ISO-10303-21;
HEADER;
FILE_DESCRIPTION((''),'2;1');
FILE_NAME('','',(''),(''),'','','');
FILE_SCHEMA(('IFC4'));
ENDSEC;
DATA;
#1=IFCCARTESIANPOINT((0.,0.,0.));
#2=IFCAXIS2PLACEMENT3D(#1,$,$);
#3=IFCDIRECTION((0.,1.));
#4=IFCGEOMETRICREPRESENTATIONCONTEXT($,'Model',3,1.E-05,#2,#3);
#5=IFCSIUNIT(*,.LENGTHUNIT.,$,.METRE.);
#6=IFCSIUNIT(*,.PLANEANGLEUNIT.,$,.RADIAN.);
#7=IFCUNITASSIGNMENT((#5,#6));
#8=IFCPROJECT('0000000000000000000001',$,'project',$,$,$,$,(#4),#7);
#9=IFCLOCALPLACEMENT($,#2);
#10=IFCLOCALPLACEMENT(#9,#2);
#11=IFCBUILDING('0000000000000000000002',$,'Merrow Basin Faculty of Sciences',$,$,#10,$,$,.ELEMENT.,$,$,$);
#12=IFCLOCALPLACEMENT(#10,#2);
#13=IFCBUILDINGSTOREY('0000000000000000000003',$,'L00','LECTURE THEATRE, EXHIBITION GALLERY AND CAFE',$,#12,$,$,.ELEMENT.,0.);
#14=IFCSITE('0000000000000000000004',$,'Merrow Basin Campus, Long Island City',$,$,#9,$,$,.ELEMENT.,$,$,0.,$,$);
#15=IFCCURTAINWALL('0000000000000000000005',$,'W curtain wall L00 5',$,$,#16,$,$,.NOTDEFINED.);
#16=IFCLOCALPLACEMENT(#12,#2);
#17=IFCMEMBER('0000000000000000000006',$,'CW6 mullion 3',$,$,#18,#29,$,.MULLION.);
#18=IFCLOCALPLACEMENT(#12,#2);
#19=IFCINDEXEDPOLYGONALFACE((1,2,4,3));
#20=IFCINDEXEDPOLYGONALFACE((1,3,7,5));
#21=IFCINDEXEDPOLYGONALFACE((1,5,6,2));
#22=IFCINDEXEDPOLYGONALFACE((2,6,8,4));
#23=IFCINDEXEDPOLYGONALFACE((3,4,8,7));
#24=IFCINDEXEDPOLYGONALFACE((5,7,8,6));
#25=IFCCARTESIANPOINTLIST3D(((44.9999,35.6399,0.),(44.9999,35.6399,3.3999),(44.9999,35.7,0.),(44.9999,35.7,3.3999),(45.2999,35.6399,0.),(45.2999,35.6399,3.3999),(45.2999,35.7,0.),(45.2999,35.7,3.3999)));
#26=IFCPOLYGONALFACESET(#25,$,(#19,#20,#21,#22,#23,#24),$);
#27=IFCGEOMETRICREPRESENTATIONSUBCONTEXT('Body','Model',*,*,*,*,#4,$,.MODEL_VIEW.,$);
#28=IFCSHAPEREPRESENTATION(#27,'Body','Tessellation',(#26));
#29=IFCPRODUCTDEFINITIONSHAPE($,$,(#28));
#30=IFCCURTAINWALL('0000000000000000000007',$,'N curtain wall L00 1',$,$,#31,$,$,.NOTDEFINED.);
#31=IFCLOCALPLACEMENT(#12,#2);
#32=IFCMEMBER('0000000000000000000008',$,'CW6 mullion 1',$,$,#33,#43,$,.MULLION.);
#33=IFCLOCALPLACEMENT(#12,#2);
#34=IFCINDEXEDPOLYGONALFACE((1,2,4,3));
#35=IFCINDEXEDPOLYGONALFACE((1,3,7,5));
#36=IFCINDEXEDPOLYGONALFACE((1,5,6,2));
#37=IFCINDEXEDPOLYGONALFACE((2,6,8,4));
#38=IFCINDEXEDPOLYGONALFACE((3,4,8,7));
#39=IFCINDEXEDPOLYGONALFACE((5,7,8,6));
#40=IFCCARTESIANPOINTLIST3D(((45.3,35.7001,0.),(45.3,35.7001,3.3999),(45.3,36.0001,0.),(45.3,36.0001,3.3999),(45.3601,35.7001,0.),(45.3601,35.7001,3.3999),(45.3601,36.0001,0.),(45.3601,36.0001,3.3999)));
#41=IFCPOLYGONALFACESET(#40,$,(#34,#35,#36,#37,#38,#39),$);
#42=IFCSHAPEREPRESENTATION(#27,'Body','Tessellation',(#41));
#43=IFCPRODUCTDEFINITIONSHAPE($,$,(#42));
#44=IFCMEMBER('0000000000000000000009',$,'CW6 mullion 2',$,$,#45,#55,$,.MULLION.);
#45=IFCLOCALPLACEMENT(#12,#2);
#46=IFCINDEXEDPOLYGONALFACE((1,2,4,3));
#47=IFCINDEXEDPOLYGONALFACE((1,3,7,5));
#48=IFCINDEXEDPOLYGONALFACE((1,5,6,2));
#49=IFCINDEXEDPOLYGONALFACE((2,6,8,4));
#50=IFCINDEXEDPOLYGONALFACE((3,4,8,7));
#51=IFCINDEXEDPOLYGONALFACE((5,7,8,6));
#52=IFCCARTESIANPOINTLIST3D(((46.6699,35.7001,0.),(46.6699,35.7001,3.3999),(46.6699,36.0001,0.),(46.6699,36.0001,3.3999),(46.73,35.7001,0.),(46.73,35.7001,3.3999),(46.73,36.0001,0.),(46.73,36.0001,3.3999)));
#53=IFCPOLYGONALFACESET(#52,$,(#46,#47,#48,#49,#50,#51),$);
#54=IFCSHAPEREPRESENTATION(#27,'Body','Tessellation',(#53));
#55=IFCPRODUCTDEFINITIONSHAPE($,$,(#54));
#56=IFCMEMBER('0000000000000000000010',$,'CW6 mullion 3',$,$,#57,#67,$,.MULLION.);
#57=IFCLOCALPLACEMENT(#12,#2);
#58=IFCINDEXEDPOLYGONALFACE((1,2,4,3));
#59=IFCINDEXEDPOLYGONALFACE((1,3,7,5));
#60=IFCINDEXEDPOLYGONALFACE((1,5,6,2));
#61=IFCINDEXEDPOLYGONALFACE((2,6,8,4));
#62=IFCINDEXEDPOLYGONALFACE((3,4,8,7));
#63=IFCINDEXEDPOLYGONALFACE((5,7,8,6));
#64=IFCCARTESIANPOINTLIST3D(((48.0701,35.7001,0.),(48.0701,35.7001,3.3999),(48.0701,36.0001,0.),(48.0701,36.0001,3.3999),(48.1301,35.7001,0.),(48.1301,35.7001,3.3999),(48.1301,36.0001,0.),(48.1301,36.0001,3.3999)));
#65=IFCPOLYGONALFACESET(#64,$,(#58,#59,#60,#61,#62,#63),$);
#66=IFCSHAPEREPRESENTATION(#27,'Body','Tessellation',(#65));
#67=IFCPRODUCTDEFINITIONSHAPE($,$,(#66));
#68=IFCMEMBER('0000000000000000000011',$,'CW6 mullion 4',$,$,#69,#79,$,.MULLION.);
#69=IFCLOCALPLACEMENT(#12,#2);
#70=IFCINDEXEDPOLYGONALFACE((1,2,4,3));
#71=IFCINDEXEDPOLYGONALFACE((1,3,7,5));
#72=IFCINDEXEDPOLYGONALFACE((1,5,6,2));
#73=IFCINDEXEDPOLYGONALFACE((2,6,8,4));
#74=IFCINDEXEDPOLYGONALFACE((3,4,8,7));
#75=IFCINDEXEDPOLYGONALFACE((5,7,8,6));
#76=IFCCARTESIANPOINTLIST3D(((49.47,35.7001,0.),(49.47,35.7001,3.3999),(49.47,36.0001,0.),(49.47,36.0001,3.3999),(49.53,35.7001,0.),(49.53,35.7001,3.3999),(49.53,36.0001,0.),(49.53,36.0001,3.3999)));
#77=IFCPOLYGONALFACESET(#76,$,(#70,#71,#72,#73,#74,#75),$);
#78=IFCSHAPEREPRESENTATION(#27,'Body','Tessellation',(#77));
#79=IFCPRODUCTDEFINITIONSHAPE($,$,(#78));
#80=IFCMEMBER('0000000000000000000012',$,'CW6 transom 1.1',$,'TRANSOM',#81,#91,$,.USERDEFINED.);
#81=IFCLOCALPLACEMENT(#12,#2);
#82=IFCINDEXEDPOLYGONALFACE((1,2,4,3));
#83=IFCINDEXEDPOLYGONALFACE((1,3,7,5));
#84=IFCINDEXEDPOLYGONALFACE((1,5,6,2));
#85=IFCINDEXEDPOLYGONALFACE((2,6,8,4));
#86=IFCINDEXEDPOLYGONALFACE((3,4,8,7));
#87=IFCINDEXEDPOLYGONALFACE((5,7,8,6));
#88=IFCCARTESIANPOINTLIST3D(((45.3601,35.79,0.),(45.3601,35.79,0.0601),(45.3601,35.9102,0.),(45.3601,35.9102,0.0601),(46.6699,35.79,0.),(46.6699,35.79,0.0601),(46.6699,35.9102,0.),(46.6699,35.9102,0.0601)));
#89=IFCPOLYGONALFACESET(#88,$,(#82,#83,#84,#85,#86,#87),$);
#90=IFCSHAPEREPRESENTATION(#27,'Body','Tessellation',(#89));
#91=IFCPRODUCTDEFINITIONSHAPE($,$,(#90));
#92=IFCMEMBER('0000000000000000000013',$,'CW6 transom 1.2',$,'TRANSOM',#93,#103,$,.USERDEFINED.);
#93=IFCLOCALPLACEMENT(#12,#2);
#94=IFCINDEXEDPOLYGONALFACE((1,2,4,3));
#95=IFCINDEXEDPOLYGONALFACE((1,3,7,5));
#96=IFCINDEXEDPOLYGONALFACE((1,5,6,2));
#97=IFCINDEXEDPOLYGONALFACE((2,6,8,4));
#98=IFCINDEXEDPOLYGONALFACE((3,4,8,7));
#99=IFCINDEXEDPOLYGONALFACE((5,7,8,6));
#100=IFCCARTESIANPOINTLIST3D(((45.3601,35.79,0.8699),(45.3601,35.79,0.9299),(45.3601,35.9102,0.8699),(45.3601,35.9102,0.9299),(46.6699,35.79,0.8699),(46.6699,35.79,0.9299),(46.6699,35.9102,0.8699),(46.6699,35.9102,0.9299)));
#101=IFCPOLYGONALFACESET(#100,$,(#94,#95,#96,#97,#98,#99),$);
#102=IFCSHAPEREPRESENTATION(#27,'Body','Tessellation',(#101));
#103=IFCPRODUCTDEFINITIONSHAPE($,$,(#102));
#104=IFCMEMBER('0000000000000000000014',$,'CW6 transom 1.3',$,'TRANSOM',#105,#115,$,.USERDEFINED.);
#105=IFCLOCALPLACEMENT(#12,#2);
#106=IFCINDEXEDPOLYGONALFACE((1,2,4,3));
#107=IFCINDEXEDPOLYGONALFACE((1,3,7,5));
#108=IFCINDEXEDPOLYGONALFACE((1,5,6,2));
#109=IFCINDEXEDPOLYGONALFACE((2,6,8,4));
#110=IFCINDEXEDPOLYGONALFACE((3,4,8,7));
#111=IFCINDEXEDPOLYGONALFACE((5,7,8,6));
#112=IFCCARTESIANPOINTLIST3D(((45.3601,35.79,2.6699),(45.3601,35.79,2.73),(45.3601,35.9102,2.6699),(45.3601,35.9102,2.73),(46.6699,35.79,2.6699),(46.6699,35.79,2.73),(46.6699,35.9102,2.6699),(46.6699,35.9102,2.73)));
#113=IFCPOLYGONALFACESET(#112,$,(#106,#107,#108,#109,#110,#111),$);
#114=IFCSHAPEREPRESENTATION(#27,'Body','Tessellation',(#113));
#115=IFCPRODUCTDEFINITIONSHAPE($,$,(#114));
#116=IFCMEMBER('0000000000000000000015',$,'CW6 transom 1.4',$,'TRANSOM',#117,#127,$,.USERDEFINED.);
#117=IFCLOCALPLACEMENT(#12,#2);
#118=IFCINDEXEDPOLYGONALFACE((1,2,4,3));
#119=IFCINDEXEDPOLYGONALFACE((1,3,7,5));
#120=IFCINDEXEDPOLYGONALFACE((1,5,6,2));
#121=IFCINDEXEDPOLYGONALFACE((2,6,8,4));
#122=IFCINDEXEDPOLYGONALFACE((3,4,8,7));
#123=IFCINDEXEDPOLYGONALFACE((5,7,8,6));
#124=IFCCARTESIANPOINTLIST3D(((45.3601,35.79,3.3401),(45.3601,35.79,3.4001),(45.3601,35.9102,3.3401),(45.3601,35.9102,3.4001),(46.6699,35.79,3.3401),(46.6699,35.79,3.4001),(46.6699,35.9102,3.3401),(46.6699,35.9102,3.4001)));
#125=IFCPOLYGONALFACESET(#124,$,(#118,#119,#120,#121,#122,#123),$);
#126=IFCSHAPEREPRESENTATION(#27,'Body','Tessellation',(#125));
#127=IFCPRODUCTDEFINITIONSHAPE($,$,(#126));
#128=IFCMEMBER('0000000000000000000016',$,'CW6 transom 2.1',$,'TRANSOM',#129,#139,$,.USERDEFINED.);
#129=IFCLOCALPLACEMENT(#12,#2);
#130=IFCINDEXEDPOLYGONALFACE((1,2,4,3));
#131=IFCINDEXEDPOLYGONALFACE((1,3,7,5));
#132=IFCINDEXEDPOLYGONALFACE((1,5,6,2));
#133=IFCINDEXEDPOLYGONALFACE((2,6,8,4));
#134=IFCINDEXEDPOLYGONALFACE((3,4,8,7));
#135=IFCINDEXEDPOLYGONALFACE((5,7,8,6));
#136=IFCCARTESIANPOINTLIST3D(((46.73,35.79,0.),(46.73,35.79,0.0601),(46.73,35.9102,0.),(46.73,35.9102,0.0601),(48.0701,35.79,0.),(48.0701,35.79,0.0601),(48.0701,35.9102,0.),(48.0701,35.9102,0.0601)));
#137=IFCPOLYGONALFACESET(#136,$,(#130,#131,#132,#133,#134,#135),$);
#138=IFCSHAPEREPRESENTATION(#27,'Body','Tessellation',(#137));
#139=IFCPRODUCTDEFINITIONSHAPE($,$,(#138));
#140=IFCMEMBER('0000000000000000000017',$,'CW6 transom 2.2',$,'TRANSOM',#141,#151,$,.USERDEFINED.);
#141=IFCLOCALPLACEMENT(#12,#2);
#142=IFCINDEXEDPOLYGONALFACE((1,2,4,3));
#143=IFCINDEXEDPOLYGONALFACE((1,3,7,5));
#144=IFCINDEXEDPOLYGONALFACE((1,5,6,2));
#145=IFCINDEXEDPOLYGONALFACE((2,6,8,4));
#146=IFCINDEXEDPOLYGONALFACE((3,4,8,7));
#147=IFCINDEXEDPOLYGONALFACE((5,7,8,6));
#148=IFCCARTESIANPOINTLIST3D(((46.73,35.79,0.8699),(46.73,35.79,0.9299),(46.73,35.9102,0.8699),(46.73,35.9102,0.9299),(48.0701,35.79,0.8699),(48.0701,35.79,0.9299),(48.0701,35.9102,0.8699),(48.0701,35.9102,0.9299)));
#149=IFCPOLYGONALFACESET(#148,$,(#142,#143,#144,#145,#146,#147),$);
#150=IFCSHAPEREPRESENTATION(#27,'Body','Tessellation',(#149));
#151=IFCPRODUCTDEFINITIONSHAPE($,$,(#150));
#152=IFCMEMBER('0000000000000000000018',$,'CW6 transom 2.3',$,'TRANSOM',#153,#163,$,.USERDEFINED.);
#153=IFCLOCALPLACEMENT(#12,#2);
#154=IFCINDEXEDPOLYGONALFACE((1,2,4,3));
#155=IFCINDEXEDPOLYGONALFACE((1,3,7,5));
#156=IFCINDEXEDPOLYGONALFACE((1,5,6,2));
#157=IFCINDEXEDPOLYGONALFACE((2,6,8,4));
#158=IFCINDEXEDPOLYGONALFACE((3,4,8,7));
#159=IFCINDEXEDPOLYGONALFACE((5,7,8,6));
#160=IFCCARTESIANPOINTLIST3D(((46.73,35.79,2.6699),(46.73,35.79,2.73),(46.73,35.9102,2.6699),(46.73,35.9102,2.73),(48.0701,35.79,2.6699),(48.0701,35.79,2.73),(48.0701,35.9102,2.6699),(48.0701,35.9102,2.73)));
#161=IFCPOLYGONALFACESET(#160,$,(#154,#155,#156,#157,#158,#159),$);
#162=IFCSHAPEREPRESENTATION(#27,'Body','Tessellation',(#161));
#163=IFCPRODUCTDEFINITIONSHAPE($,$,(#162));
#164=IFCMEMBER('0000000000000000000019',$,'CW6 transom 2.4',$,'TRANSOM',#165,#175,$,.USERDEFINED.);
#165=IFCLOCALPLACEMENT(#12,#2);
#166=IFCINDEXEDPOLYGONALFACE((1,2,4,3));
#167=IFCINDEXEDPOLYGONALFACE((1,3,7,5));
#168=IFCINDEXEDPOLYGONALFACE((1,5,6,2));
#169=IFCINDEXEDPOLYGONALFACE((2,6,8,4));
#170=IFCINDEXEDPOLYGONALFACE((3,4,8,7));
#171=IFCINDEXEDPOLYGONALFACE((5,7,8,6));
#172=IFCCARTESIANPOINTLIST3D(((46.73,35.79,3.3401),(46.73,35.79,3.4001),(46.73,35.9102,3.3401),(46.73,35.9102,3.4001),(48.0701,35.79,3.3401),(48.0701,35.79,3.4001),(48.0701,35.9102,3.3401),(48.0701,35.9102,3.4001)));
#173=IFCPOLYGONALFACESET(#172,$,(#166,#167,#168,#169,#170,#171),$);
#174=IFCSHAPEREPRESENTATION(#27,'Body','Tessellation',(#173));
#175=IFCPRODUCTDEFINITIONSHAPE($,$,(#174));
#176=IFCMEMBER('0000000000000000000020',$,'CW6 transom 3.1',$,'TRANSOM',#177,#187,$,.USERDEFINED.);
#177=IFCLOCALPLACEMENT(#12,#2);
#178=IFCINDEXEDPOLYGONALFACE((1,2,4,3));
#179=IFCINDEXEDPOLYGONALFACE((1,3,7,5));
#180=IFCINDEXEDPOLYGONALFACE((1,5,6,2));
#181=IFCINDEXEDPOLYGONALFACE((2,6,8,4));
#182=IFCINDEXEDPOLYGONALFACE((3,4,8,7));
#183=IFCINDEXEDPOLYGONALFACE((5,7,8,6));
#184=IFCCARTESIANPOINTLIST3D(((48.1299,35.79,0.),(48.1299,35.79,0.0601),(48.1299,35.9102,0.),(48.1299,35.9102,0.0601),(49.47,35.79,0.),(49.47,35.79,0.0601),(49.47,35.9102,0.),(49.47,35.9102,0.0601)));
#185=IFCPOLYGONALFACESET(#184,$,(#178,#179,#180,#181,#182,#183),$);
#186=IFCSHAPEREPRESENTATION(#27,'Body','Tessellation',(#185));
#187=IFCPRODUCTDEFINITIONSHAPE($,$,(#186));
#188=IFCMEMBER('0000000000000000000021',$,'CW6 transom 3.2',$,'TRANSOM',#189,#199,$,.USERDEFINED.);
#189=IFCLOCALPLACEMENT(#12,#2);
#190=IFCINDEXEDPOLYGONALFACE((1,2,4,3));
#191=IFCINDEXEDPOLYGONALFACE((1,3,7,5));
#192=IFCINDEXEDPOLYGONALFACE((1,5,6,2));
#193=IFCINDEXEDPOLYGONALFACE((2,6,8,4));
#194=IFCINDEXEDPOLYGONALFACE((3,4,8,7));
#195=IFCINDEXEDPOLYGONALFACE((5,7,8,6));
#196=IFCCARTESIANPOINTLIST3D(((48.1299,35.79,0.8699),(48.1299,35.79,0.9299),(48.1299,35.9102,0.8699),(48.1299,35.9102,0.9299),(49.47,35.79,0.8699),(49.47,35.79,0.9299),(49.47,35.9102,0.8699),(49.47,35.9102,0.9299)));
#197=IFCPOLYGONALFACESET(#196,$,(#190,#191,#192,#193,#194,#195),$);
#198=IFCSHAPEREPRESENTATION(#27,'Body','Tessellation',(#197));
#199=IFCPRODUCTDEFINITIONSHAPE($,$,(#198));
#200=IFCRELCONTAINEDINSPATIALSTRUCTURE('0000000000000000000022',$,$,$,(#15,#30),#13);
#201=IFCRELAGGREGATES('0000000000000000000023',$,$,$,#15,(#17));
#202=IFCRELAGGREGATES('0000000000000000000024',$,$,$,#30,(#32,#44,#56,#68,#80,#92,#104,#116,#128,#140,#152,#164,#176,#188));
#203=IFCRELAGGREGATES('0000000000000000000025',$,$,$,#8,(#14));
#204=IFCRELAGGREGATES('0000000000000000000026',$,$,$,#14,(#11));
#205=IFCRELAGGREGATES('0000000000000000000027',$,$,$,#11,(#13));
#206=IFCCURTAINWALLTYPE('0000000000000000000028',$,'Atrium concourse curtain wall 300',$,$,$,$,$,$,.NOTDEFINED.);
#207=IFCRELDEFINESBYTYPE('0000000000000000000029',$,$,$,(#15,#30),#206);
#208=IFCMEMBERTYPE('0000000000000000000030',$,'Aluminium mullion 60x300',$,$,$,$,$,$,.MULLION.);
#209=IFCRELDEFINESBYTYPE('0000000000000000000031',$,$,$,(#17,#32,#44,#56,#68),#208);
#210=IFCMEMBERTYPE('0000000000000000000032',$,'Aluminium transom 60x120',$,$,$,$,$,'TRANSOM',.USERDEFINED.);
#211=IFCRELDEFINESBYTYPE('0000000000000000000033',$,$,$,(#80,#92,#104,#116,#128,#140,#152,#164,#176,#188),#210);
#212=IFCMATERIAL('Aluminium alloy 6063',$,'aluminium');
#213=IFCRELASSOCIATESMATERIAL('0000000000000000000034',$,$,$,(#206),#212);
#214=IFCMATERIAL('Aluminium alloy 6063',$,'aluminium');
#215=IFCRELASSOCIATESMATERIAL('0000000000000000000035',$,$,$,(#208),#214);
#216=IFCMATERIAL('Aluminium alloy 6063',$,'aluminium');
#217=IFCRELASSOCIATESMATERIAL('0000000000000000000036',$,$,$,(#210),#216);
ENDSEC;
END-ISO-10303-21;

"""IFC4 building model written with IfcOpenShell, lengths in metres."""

from ifc_helpers import new_model, si_unit, direction, frame, origin, origin_2d, place, context, subcontext, project, spatial, rectangle, extrude, material, material_profile, profile_set, type_object, element, aggregate, save


model = new_model("IFC4")

# Units and contexts
model_context = context("Model", 3, precision=1e-05, world=origin(), true_north=direction((0.0, 1.0)))
body_context = subcontext(model_context, "Body", "Model", "MODEL_VIEW")
ifc_project = project(units=[si_unit("LENGTHUNIT", "METRE"), si_unit("PLANEANGLEUNIT", "RADIAN")], contexts=[model_context])

# Site, building, storey
site_placement = place(None, origin())
site = spatial("IfcSite", under=ifc_project, at=site_placement, Name="Merrow Basin Campus, Long Island City", CompositionType="ELEMENT", RefElevation=0.0)
building_placement = place(site_placement, origin())
building = spatial("IfcBuilding", under=site, at=building_placement, Name="Merrow Basin Faculty of Sciences", CompositionType="ELEMENT")
storey_placement = place(building_placement, origin())
storey = spatial("IfcBuildingStorey", under=building, at=storey_placement, Name="L00", Description="LECTURE THEATRE, EXHIBITION GALLERY AND CAFE", CompositionType="ELEMENT", Elevation=0.0)

# Curtain wall, member
ifc_material_1 = material(Name="Aluminium alloy 6063", Category="aluminium")
curtain_wall_type = type_object("IfcCurtainWallType", Name="Atrium concourse curtain wall 300", PredefinedType="NOTDEFINED", material=ifc_material_1)
curtain_wall_1_placement = place(storey_placement, origin())
curtain_wall_1 = element("IfcCurtainWall", 1, at=curtain_wall_1_placement, inside=storey, type_object=curtain_wall_type, Name="W curtain wall L00 5", PredefinedType="NOTDEFINED")
ifc_material_2 = material(Name="Aluminium alloy 6063", Category="aluminium")
ifc_material_profile_1 = material_profile(ifc_material_2, rectangle(XDim=0.3, YDim=0.0601, at=origin_2d()))
ifc_profile_set_1 = profile_set([ifc_material_profile_1], Name="Aluminium alloy 6063")
member_type_1 = type_object("IfcMemberType", Name="Aluminium mullion 60x300", PredefinedType="MULLION", material=ifc_profile_set_1)
member_1_placement = place(storey_placement, frame((45.1499, 35.6699, 0.0), z_axis=(0.0, 0.0, 1.0), x_axis=(-1.0, 0.0, 0.0)))
member_1 = element("IfcMember", 2, at=member_1_placement, type_object=member_type_1, Name="CW6 mullion 3", PredefinedType="MULLION", context=body_context, shape_type="SweptSolid", body=[
    extrude(rectangle(XDim=0.3, YDim=0.0601, at=origin_2d()), origin(), (0.0, 0.0, 1.0), 3.3999),
])

# Curtain wall, members
curtain_wall_2_placement = place(storey_placement, origin())
curtain_wall_2 = element("IfcCurtainWall", 3, at=curtain_wall_2_placement, inside=storey, type_object=curtain_wall_type, Name="N curtain wall L00 1", PredefinedType="NOTDEFINED")
member_2_placement = place(storey_placement, frame((45.3301, 35.8501, 0.0), z_axis=(0.0, 0.0, 1.0), x_axis=(0.0, 1.0, 0.0)))
member_2 = element("IfcMember", 4, at=member_2_placement, type_object=member_type_1, Name="CW6 mullion 1", PredefinedType="MULLION", context=body_context, shape_type="SweptSolid", body=[
    extrude(rectangle(XDim=0.3, YDim=0.0601, at=origin_2d()), origin(), (0.0, 0.0, 1.0), 3.3999),
])
member_3_placement = place(storey_placement, frame((46.7, 35.8501, 0.0), z_axis=(0.0, 0.0, 1.0), x_axis=(0.0, 1.0, 0.0)))
member_3 = element("IfcMember", 5, at=member_3_placement, type_object=member_type_1, Name="CW6 mullion 2", PredefinedType="MULLION", context=body_context, shape_type="SweptSolid", body=[
    extrude(rectangle(XDim=0.3, YDim=0.0601, at=origin_2d()), origin(), (0.0, 0.0, 1.0), 3.3999),
])
member_4_placement = place(storey_placement, frame((48.1001, 35.8501, 0.0), z_axis=(0.0, 0.0, 1.0), x_axis=(0.0, 1.0, 0.0)))
member_4 = element("IfcMember", 6, at=member_4_placement, type_object=member_type_1, Name="CW6 mullion 3", PredefinedType="MULLION", context=body_context, shape_type="SweptSolid", body=[
    extrude(rectangle(XDim=0.3, YDim=0.0601, at=origin_2d()), origin(), (0.0, 0.0, 1.0), 3.3999),
])
member_5_placement = place(storey_placement, frame((49.5, 35.8501, 0.0), z_axis=(0.0, 0.0, 1.0), x_axis=(0.0, 1.0, 0.0)))
member_5 = element("IfcMember", 7, at=member_5_placement, type_object=member_type_1, Name="CW6 mullion 4", PredefinedType="MULLION", context=body_context, shape_type="SweptSolid", body=[
    extrude(rectangle(XDim=0.3, YDim=0.0601, at=origin_2d()), origin(), (0.0, 0.0, 1.0), 3.3999),
])
ifc_material_3 = material(Name="Aluminium alloy 6063", Category="aluminium")
ifc_material_profile_2 = material_profile(ifc_material_3, rectangle(XDim=0.1201, YDim=0.0601, at=origin_2d()))
ifc_profile_set_2 = profile_set([ifc_material_profile_2], Name="Aluminium alloy 6063")
member_type_2 = type_object("IfcMemberType", Name="Aluminium transom 60x120", ElementType="TRANSOM", PredefinedType="USERDEFINED", material=ifc_profile_set_2)
member_6_placement = place(storey_placement, frame((45.3601, 35.8501, 0.03), z_axis=(1.0, 0.0, 0.0), x_axis=(0.0, 1.0, 0.0)))
member_6 = element("IfcMember", 8, at=member_6_placement, type_object=member_type_2, Name="CW6 transom 1.1", ObjectType="TRANSOM", PredefinedType="USERDEFINED", context=body_context, shape_type="SweptSolid", body=[
    extrude(rectangle(XDim=0.1201, YDim=0.0601, at=origin_2d()), origin(), (0.0, 0.0, 1.0), 1.3098),
])
member_7_placement = place(storey_placement, frame((45.3601, 35.8501, 0.8999), z_axis=(1.0, 0.0, 0.0), x_axis=(0.0, 1.0, 0.0)))
member_7 = element("IfcMember", 9, at=member_7_placement, type_object=member_type_2, Name="CW6 transom 1.2", ObjectType="TRANSOM", PredefinedType="USERDEFINED", context=body_context, shape_type="SweptSolid", body=[
    extrude(rectangle(XDim=0.1201, YDim=0.0601, at=origin_2d()), origin(), (0.0, 0.0, 1.0), 1.3098),
])
member_8_placement = place(storey_placement, frame((45.3601, 35.8501, 2.7), z_axis=(1.0, 0.0, 0.0), x_axis=(0.0, 1.0, 0.0)))
member_8 = element("IfcMember", 10, at=member_8_placement, type_object=member_type_2, Name="CW6 transom 1.3", ObjectType="TRANSOM", PredefinedType="USERDEFINED", context=body_context, shape_type="SweptSolid", body=[
    extrude(rectangle(XDim=0.1201, YDim=0.0601, at=origin_2d()), origin(), (0.0, 0.0, 1.0), 1.3098),
])
member_9_placement = place(storey_placement, frame((45.3601, 35.8501, 3.3701), z_axis=(1.0, 0.0, 0.0), x_axis=(0.0, 1.0, 0.0)))
member_9 = element("IfcMember", 11, at=member_9_placement, type_object=member_type_2, Name="CW6 transom 1.4", ObjectType="TRANSOM", PredefinedType="USERDEFINED", context=body_context, shape_type="SweptSolid", body=[
    extrude(rectangle(XDim=0.1201, YDim=0.0601, at=origin_2d()), origin(), (0.0, 0.0, 1.0), 1.3098),
])
member_10_placement = place(storey_placement, frame((46.73, 35.8501, 0.03), z_axis=(1.0, 0.0, 0.0), x_axis=(0.0, 1.0, 0.0)))
member_10 = element("IfcMember", 12, at=member_10_placement, type_object=member_type_2, Name="CW6 transom 2.1", ObjectType="TRANSOM", PredefinedType="USERDEFINED", context=body_context, shape_type="SweptSolid", body=[
    extrude(rectangle(XDim=0.1201, YDim=0.0601, at=origin_2d()), origin(), (0.0, 0.0, 1.0), 1.3401),
])
member_11_placement = place(storey_placement, frame((46.73, 35.8501, 0.8999), z_axis=(1.0, 0.0, 0.0), x_axis=(0.0, 1.0, 0.0)))
member_11 = element("IfcMember", 13, at=member_11_placement, type_object=member_type_2, Name="CW6 transom 2.2", ObjectType="TRANSOM", PredefinedType="USERDEFINED", context=body_context, shape_type="SweptSolid", body=[
    extrude(rectangle(XDim=0.1201, YDim=0.0601, at=origin_2d()), origin(), (0.0, 0.0, 1.0), 1.3401),
])
member_12_placement = place(storey_placement, frame((46.73, 35.8501, 2.7), z_axis=(1.0, 0.0, 0.0), x_axis=(0.0, 1.0, 0.0)))
member_12 = element("IfcMember", 14, at=member_12_placement, type_object=member_type_2, Name="CW6 transom 2.3", ObjectType="TRANSOM", PredefinedType="USERDEFINED", context=body_context, shape_type="SweptSolid", body=[
    extrude(rectangle(XDim=0.1201, YDim=0.0601, at=origin_2d()), origin(), (0.0, 0.0, 1.0), 1.3401),
])
member_13_placement = place(storey_placement, frame((46.73, 35.8501, 3.3701), z_axis=(1.0, 0.0, 0.0), x_axis=(0.0, 1.0, 0.0)))
member_13 = element("IfcMember", 15, at=member_13_placement, type_object=member_type_2, Name="CW6 transom 2.4", ObjectType="TRANSOM", PredefinedType="USERDEFINED", context=body_context, shape_type="SweptSolid", body=[
    extrude(rectangle(XDim=0.1201, YDim=0.0601, at=origin_2d()), origin(), (0.0, 0.0, 1.0), 1.3401),
])
member_14_placement = place(storey_placement, frame((48.1299, 35.8501, 0.03), z_axis=(1.0, 0.0, 0.0), x_axis=(0.0, 1.0, 0.0)))
member_14 = element("IfcMember", 16, at=member_14_placement, type_object=member_type_2, Name="CW6 transom 3.1", ObjectType="TRANSOM", PredefinedType="USERDEFINED", context=body_context, shape_type="SweptSolid", body=[
    extrude(rectangle(XDim=0.1201, YDim=0.0601, at=origin_2d()), origin(), (0.0, 0.0, 1.0), 1.3401),
])
member_15_placement = place(storey_placement, frame((48.1299, 35.8501, 0.8999), z_axis=(1.0, 0.0, 0.0), x_axis=(0.0, 1.0, 0.0)))
member_15 = element("IfcMember", 17, at=member_15_placement, type_object=member_type_2, Name="CW6 transom 3.2", ObjectType="TRANSOM", PredefinedType="USERDEFINED", context=body_context, shape_type="SweptSolid", body=[
    extrude(rectangle(XDim=0.1201, YDim=0.0601, at=origin_2d()), origin(), (0.0, 0.0, 1.0), 1.3401),
])

aggregate(curtain_wall_1, [member_1])
aggregate(curtain_wall_2, [member_2, member_3, member_4, member_5, member_6, member_7, member_8, member_9, member_10, member_11, member_12, member_13, member_14, member_15])

save(model, "model.ifc")
